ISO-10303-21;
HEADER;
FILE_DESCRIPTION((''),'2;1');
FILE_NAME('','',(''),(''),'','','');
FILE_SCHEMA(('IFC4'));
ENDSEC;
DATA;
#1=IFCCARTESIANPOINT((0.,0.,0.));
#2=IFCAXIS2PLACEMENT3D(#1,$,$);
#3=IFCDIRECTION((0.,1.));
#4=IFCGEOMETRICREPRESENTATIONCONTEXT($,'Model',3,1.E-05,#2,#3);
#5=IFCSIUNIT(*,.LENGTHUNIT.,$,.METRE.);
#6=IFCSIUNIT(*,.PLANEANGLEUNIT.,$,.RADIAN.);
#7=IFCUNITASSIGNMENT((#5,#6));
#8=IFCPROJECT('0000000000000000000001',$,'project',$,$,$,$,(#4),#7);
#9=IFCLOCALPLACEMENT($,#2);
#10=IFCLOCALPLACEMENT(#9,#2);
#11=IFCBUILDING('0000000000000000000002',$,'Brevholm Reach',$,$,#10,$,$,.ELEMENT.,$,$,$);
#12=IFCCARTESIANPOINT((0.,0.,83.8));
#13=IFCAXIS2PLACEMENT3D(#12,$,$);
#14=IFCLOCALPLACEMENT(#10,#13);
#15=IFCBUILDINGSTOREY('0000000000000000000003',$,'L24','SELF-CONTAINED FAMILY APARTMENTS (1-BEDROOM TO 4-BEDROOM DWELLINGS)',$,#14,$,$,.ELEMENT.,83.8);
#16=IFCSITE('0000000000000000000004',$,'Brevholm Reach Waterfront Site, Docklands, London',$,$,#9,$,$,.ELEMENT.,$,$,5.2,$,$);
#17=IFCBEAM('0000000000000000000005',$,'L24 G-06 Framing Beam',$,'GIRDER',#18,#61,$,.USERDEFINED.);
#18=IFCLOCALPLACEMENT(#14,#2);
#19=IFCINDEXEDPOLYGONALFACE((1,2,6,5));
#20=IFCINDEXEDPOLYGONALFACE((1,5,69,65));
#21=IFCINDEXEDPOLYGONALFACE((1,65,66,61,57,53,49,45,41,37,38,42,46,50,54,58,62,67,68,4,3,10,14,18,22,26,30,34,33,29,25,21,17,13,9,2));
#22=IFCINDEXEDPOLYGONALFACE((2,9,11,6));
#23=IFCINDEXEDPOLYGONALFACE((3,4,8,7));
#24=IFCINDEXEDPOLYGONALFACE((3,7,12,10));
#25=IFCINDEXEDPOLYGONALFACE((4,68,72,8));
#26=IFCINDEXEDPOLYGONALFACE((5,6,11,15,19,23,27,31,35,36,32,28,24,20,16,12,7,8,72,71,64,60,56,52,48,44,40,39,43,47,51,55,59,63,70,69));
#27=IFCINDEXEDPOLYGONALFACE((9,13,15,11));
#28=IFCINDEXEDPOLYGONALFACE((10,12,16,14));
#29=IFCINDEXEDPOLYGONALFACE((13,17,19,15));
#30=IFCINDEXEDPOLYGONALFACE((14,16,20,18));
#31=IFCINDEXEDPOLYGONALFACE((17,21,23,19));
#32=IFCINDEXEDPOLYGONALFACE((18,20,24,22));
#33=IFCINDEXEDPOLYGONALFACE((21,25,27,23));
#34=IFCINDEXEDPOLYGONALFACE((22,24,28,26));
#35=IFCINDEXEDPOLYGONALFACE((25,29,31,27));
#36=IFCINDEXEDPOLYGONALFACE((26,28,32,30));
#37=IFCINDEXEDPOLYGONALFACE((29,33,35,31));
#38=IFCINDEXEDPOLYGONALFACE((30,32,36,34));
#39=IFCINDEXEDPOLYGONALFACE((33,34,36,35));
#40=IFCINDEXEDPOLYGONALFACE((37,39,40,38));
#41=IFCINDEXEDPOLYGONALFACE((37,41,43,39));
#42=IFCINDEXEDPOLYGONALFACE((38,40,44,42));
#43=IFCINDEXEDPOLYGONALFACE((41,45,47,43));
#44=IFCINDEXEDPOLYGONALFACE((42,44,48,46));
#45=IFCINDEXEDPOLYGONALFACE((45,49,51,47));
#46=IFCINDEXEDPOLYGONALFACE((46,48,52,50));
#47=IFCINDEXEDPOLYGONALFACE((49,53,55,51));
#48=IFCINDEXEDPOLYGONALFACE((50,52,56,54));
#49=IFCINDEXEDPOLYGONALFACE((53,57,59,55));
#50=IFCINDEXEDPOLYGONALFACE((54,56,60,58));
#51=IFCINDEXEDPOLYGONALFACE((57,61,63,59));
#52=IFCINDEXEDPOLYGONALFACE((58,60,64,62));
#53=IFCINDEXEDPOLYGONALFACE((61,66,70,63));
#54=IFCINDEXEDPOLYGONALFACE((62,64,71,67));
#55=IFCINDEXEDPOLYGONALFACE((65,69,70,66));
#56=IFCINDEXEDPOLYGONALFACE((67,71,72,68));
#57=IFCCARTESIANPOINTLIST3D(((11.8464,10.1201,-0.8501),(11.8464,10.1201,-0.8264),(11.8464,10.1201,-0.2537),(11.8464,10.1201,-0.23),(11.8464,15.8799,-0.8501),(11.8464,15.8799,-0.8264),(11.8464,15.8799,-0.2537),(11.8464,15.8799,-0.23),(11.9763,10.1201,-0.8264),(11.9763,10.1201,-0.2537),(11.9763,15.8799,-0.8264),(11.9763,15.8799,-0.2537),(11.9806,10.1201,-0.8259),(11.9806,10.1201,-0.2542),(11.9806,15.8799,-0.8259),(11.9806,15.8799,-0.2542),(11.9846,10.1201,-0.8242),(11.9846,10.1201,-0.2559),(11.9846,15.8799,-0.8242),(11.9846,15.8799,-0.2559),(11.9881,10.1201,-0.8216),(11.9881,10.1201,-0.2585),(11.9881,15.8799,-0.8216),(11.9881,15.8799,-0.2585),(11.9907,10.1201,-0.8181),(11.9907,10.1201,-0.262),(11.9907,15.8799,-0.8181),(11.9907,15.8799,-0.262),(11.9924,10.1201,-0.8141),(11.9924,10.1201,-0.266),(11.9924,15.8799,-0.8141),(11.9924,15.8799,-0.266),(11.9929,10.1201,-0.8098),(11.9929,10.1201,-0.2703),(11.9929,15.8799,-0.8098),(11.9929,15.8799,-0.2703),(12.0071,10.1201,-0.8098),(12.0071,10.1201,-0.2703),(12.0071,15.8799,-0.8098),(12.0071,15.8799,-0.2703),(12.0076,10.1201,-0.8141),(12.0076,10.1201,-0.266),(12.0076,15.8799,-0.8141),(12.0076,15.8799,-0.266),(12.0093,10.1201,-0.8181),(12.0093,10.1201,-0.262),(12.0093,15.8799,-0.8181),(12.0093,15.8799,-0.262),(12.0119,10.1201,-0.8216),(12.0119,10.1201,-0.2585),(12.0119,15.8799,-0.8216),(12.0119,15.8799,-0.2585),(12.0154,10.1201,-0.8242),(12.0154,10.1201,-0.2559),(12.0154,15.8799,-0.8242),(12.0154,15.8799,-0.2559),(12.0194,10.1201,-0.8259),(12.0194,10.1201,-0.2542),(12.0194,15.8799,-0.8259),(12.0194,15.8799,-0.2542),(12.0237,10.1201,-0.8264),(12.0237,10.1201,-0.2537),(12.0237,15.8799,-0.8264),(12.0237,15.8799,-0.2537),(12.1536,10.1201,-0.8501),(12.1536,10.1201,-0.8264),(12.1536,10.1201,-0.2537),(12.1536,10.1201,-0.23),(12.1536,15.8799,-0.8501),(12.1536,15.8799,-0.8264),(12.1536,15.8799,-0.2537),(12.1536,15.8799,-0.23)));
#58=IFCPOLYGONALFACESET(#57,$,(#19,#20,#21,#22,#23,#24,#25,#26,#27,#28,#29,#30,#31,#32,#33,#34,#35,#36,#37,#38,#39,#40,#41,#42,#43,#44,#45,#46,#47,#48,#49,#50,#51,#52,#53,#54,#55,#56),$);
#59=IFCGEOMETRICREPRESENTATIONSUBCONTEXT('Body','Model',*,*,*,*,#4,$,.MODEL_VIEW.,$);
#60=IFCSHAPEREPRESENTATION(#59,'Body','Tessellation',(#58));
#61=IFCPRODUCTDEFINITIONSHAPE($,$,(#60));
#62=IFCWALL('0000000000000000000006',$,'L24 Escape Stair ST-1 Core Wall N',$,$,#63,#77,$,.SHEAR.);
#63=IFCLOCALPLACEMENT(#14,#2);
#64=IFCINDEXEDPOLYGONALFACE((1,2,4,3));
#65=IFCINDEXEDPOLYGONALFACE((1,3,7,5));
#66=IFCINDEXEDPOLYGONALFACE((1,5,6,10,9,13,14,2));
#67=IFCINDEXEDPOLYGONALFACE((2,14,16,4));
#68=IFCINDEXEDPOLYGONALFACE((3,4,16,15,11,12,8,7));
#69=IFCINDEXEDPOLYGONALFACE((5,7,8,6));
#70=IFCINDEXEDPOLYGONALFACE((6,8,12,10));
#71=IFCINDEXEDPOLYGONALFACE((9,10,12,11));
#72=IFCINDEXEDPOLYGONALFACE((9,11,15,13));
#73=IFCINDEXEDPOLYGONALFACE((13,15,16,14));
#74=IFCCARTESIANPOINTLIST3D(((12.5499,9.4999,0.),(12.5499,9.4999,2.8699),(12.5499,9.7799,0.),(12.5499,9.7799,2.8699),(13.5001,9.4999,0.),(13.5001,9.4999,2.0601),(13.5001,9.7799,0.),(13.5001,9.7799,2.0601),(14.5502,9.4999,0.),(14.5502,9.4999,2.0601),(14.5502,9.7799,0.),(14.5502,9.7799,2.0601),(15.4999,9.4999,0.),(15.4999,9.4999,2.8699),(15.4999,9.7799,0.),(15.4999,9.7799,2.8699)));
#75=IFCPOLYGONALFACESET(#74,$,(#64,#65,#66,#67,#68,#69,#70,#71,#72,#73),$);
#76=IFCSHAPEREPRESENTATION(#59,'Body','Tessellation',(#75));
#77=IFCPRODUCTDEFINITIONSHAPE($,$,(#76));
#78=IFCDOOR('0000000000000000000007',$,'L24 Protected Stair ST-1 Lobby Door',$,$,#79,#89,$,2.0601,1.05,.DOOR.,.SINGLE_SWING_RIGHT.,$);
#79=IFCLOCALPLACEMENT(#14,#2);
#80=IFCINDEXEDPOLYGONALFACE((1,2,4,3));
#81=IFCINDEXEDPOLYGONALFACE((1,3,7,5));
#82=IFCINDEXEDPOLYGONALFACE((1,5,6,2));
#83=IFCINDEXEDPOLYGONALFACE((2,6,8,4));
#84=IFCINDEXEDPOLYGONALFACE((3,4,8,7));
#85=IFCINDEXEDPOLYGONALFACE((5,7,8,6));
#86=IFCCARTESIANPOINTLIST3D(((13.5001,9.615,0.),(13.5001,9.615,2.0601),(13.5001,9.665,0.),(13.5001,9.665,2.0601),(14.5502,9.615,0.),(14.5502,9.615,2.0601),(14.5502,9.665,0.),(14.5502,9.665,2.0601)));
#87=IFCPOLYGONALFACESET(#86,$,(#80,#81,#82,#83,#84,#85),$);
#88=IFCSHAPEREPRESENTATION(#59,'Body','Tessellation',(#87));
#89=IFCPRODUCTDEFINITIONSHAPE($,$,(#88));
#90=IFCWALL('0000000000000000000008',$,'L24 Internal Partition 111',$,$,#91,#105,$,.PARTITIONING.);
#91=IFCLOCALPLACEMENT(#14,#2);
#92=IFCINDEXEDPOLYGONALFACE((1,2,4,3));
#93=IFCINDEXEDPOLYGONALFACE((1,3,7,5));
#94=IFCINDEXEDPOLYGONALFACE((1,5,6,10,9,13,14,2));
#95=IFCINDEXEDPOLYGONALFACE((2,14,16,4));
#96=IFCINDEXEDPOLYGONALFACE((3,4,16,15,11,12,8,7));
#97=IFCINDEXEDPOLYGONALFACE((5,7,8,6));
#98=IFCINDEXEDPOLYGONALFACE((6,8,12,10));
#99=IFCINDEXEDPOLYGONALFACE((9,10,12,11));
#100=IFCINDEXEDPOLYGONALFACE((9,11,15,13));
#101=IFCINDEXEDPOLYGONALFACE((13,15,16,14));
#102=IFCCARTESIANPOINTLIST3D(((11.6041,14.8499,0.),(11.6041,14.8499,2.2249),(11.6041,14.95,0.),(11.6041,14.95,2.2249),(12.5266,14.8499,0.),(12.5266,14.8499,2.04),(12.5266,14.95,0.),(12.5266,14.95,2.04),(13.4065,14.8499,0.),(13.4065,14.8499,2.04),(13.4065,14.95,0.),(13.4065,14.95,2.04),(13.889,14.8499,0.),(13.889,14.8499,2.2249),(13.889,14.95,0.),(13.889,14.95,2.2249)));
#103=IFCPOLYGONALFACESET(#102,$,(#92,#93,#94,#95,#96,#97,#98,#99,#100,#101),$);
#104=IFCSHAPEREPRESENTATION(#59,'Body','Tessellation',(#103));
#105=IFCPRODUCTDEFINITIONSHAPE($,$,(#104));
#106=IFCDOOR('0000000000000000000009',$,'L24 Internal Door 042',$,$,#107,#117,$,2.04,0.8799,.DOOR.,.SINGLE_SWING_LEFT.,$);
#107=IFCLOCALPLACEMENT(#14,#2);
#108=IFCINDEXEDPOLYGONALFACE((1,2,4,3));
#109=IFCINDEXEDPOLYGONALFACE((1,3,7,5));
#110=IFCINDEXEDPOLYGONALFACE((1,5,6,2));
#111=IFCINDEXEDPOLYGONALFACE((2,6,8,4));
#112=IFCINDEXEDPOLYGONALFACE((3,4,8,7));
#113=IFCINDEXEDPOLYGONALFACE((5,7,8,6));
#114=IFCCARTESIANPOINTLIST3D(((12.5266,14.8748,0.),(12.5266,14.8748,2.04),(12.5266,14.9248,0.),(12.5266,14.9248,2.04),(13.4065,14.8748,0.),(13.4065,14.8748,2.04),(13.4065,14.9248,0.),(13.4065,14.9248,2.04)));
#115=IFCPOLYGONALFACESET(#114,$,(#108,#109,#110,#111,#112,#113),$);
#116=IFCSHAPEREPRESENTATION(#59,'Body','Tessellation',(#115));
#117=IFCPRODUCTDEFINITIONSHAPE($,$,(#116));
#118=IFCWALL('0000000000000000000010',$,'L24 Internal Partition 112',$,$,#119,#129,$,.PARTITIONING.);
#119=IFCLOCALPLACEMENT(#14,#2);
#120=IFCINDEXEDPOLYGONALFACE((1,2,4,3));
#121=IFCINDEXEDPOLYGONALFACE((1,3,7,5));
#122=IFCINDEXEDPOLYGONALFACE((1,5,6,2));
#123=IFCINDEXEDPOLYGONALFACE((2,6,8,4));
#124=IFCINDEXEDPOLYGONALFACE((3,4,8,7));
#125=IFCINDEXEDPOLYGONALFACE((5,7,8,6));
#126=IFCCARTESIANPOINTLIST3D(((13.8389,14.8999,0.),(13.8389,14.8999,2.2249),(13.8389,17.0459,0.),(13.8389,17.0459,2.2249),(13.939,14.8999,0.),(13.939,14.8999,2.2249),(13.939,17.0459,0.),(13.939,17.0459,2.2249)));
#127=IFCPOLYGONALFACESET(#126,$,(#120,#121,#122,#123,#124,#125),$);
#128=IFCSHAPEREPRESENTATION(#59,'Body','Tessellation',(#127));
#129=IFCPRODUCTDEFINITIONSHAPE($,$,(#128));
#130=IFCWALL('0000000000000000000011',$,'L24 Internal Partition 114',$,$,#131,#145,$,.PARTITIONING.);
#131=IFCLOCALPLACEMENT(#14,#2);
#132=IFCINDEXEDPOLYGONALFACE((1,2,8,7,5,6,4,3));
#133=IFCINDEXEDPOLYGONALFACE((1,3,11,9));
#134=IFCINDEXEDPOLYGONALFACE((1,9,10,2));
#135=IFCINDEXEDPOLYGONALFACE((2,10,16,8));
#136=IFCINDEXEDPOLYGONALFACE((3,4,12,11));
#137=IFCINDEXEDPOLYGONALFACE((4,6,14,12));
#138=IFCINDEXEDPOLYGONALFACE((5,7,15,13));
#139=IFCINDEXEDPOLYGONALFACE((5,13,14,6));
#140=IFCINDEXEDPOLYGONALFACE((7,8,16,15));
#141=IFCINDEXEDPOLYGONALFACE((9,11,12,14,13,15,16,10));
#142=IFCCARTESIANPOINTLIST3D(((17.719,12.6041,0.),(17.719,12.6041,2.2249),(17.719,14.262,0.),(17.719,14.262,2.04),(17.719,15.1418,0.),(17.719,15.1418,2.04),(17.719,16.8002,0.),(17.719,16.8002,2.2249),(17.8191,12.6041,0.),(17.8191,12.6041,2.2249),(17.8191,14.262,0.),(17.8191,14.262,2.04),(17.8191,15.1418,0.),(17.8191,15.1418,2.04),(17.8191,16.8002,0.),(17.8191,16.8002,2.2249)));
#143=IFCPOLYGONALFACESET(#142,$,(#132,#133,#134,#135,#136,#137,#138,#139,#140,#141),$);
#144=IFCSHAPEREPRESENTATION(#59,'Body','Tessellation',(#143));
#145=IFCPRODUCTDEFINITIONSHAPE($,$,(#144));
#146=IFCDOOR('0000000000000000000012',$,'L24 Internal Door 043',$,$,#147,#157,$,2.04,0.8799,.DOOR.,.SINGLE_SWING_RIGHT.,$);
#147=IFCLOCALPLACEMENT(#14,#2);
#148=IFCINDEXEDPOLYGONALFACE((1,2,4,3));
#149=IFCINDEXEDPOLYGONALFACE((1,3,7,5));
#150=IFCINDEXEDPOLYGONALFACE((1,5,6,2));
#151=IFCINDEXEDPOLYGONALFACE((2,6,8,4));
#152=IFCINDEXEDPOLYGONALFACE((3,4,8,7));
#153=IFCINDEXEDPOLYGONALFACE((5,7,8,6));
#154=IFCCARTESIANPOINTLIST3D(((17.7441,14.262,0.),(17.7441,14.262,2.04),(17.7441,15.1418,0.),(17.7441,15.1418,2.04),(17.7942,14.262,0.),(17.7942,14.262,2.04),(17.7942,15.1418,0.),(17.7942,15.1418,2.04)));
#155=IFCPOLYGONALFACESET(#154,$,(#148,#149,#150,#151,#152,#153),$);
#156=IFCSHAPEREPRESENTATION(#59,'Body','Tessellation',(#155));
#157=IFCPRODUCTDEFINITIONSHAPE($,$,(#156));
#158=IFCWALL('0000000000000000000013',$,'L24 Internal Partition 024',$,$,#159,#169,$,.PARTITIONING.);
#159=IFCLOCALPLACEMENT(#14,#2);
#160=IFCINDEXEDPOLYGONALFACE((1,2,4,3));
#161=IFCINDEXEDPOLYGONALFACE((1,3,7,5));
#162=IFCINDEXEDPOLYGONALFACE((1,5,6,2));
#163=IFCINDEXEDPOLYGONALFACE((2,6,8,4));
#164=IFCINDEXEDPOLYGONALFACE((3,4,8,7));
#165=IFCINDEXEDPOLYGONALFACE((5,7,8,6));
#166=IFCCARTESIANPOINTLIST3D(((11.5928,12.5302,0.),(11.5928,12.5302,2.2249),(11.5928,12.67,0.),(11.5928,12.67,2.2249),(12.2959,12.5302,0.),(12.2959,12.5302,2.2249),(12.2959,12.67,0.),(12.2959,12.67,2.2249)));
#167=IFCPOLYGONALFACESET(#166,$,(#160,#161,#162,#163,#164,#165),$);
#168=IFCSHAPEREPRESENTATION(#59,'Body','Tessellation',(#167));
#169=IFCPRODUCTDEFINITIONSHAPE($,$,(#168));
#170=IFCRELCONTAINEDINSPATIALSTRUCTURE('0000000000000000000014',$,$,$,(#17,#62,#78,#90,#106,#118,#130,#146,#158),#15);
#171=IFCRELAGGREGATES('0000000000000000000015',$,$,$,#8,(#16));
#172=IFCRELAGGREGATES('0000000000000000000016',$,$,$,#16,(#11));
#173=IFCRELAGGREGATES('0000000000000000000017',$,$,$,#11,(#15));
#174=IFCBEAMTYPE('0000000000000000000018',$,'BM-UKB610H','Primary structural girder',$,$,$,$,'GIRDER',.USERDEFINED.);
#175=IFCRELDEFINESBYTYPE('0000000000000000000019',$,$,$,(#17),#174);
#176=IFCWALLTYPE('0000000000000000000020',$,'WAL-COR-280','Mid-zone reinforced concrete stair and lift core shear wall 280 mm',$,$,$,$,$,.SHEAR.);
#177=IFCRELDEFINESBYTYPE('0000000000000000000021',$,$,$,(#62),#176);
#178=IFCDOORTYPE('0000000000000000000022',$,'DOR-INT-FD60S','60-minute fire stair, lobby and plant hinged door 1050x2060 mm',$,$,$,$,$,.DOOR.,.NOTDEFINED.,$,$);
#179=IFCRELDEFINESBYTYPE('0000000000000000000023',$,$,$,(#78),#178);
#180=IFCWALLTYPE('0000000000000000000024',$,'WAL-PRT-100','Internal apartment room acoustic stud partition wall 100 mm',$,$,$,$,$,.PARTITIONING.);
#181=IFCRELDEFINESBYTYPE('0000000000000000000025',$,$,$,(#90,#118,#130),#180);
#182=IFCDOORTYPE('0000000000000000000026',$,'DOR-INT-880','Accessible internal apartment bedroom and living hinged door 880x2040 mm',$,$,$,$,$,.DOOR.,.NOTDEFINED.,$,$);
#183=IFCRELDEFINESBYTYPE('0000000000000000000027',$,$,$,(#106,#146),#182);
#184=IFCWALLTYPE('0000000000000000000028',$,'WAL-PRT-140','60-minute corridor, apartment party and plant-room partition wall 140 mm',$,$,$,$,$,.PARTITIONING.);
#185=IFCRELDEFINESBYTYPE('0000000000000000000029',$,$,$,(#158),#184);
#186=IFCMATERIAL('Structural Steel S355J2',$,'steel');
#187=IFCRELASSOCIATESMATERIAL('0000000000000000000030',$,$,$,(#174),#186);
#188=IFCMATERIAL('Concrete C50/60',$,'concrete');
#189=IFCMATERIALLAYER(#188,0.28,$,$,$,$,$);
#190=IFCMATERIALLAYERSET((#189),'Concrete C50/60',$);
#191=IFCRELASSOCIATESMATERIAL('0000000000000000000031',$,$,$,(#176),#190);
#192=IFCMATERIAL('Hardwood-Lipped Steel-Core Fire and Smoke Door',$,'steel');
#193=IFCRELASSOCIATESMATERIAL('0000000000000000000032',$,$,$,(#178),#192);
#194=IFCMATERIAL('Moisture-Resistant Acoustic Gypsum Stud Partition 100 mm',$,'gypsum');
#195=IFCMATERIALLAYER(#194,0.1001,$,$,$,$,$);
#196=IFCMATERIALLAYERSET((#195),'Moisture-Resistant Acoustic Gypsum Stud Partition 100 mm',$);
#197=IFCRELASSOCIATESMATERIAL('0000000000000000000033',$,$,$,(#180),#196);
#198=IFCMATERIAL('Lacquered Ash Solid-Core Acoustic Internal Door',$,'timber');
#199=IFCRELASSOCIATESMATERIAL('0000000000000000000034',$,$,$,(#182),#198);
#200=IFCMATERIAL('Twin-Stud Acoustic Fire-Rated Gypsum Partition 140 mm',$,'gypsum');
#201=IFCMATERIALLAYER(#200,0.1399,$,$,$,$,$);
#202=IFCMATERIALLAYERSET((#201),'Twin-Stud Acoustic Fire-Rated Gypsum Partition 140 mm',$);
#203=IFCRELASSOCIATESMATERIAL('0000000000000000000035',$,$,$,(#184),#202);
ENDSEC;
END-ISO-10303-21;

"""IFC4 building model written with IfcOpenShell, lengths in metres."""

from ifc_helpers import new_model, si_unit, direction, frame, frame_2d, origin, origin_2d, place, context, subcontext, project, spatial, rectangle, i_section, extrude, material, layer, layer_set, material_profile, profile_set, type_object, element, fill, save


model = new_model("IFC4")

# Units and contexts
model_context = context("Model", 3, precision=1e-05, world=origin(), true_north=direction((0.0, 1.0)))
body_context = subcontext(model_context, "Body", "Model", "MODEL_VIEW")
ifc_project = project(units=[si_unit("LENGTHUNIT", "METRE"), si_unit("PLANEANGLEUNIT", "RADIAN")], contexts=[model_context])

# Site, building, storey
site_placement = place(None, origin())
site = spatial("IfcSite", under=ifc_project, at=site_placement, Name="Brevholm Reach Waterfront Site, Docklands, London", CompositionType="ELEMENT", RefElevation=5.2)
building_placement = place(site_placement, origin())
building = spatial("IfcBuilding", under=site, at=building_placement, Name="Brevholm Reach", CompositionType="ELEMENT")
storey_placement = place(building_placement, frame((0.0, 0.0, 83.8)))
storey = spatial("IfcBuildingStorey", under=building, at=storey_placement, Name="L24", Description="SELF-CONTAINED FAMILY APARTMENTS (1-BEDROOM TO 4-BEDROOM DWELLINGS)", CompositionType="ELEMENT", Elevation=83.8)

# Beam
ifc_material_1 = material(Name="Structural Steel S355J2", Category="steel")
ifc_material_profile_1 = material_profile(ifc_material_1, i_section(OverallWidth=0.3071, OverallDepth=0.6201, WebThickness=0.0142, FlangeThickness=0.0237, FilletRadius=0.0166, at=origin_2d()), Name="UKB 610x305x179")
ifc_profile_set_1 = profile_set([ifc_material_profile_1], Name="Structural Steel S355J2")
beam_type = type_object("IfcBeamType", Name="BM-UKB610H", Description="Primary structural girder", ElementType="GIRDER", PredefinedType="USERDEFINED", material=ifc_profile_set_1)
for number, where, z_axis, x_axis, name in (
    (1, (12.0, 10.1201, -0.54), (0.0, 1.0, 0.0), (-1.0, 0.0, 0.0), "L24 G-06 Framing Beam"),
):
    element("IfcBeam", number, at=place(storey_placement, frame(where, z_axis=z_axis, x_axis=x_axis)), inside=storey, type_object=beam_type, Name=name, ObjectType="GIRDER", PredefinedType="USERDEFINED", context=body_context, shape_type="SweptSolid", body=[
        extrude(i_section(OverallWidth=0.3071, OverallDepth=0.6201, WebThickness=0.0142, FlangeThickness=0.0237, FilletRadius=0.0166, at=origin_2d()), origin(), (0.0, 0.0, 1.0), 5.7598),
    ])

# Walls, openings, doors
ifc_material_2 = material(Name="Concrete C50/60", Category="concrete")
ifc_layer_1 = layer(ifc_material_2, 0.28)
ifc_layer_set_1 = layer_set([ifc_layer_1], Name="Concrete C50/60")
wall_type_1 = type_object("IfcWallType", Name="WAL-COR-280", Description="Mid-zone reinforced concrete stair and lift core shear wall 280 mm", PredefinedType="SHEAR", material=ifc_layer_set_1)
wall_1_placement = place(storey_placement, frame((15.5, 9.6399, 0.0), z_axis=(0.0, 0.0, 1.0), x_axis=(-1.0, 0.0, 0.0)))
wall_1 = element("IfcWall", 2, at=wall_1_placement, inside=storey, type_object=wall_type_1, Name="L24 Escape Stair ST-1 Core Wall N", PredefinedType="SHEAR", context=body_context, shape_type="SweptSolid", body=[
    extrude(rectangle(XDim=2.95, YDim=0.28, at=frame_2d((1.4751, 0.0))), origin(), (0.0, 0.0, 1.0), 2.8699),
])
opening_1_placement = place(wall_1_placement, frame((0.95, 0.0, 0.0)))
opening_1 = element("IfcOpeningElement", 3, at=opening_1_placement, cuts=wall_1, PredefinedType="OPENING", context=body_context, shape_type="SweptSolid", body=[
    extrude(rectangle(XDim=1.05, YDim=2.0601, at=frame_2d((0.5249, 1.03))), frame((0.0, 0.1499, 0.0), z_axis=(0.0, -1.0, 0.0), x_axis=(1.0, 0.0, 0.0)), (0.0, 0.0, 1.0), 0.3),
])
ifc_material_3 = material(Name="Hardwood-Lipped Steel-Core Fire and Smoke Door", Category="steel")
door_type_1 = type_object("IfcDoorType", Name="DOR-INT-FD60S", Description="60-minute fire stair, lobby and plant hinged door 1050x2060 mm", OperationType="NOTDEFINED", PredefinedType="DOOR", material=ifc_material_3)
door_1_placement = place(opening_1_placement, origin())
door_1 = element("IfcDoor", 4, at=door_1_placement, inside=storey, type_object=door_type_1, Name="L24 Protected Stair ST-1 Lobby Door", OperationType="SINGLE_SWING_RIGHT", OverallHeight=2.0601, OverallWidth=1.05, PredefinedType="DOOR", context=body_context, shape_type="SweptSolid", body=[
    extrude(rectangle(XDim=1.05, YDim=2.0601, at=frame_2d((0.5249, 1.03))), frame((0.0, 0.0249, 0.0), z_axis=(0.0, -1.0, 0.0), x_axis=(1.0, 0.0, 0.0)), (0.0, 0.0, 1.0), 0.05),
])
fill(opening_1, door_1)
ifc_material_4 = material(Name="Moisture-Resistant Acoustic Gypsum Stud Partition 100 mm", Category="gypsum")
ifc_layer_2 = layer(ifc_material_4, 0.1001)
ifc_layer_set_2 = layer_set([ifc_layer_2], Name="Moisture-Resistant Acoustic Gypsum Stud Partition 100 mm")
wall_type_2 = type_object("IfcWallType", Name="WAL-PRT-100", Description="Internal apartment room acoustic stud partition wall 100 mm", PredefinedType="PARTITIONING", material=ifc_layer_set_2)
wall_2_placement = place(storey_placement, frame((11.604, 14.8999, 0.0), z_axis=(0.0, 0.0, 1.0), x_axis=(1.0, 0.0, 0.0)))
wall_2 = element("IfcWall", 5, at=wall_2_placement, inside=storey, type_object=wall_type_2, Name="L24 Internal Partition 111", PredefinedType="PARTITIONING", context=body_context, shape_type="SweptSolid", body=[
    extrude(rectangle(XDim=2.2849, YDim=0.1001, at=frame_2d((1.1426, 0.0))), origin(), (0.0, 0.0, 1.0), 2.2249),
])
opening_2_placement = place(wall_2_placement, frame((0.9226, 0.0, 0.0)))
opening_2 = element("IfcOpeningElement", 6, at=opening_2_placement, cuts=wall_2, PredefinedType="OPENING", context=body_context, shape_type="SweptSolid", body=[
    extrude(rectangle(XDim=0.8799, YDim=2.04, at=frame_2d((0.4399, 1.02))), frame((0.0, 0.0601, 0.0), z_axis=(0.0, -1.0, 0.0), x_axis=(1.0, 0.0, 0.0)), (0.0, 0.0, 1.0), 0.1201),
])
ifc_material_5 = material(Name="Lacquered Ash Solid-Core Acoustic Internal Door", Category="timber")
door_type_2 = type_object("IfcDoorType", Name="DOR-INT-880", Description="Accessible internal apartment bedroom and living hinged door 880x2040 mm", OperationType="NOTDEFINED", PredefinedType="DOOR", material=ifc_material_5)
door_2_placement = place(opening_2_placement, origin())
door_2 = element("IfcDoor", 7, at=door_2_placement, inside=storey, type_object=door_type_2, Name="L24 Internal Door 042", OperationType="SINGLE_SWING_LEFT", OverallHeight=2.04, OverallWidth=0.8799, PredefinedType="DOOR", context=body_context, shape_type="SweptSolid", body=[
    extrude(rectangle(XDim=0.8799, YDim=2.04, at=frame_2d((0.4399, 1.02))), frame((0.0, 0.0249, 0.0), z_axis=(0.0, -1.0, 0.0), x_axis=(1.0, 0.0, 0.0)), (0.0, 0.0, 1.0), 0.05),
])
fill(opening_2, door_2)

# Wall
wall_3_placement = place(storey_placement, frame((13.8889, 14.8999, 0.0), z_axis=(0.0, 0.0, 1.0), x_axis=(0.0, 1.0, 0.0)))
element("IfcWall", 8, at=wall_3_placement, inside=storey, type_object=wall_type_2, Name="L24 Internal Partition 112", PredefinedType="PARTITIONING", context=body_context, shape_type="SweptSolid", body=[
    extrude(rectangle(XDim=2.146, YDim=0.1001, at=frame_2d((1.073, 0.0))), origin(), (0.0, 0.0, 1.0), 2.2249),
])

# Wall, opening, door
wall_4_placement = place(storey_placement, frame((17.769, 12.604, 0.0), z_axis=(0.0, 0.0, 1.0), x_axis=(0.0, 1.0, 0.0)))
wall_4 = element("IfcWall", 9, at=wall_4_placement, inside=storey, type_object=wall_type_2, Name="L24 Internal Partition 114", PredefinedType="PARTITIONING", context=body_context, shape_type="SweptSolid", body=[
    extrude(rectangle(XDim=4.196, YDim=0.1001, at=frame_2d((2.0981, 0.0))), origin(), (0.0, 0.0, 1.0), 2.2249),
])
opening_3_placement = place(wall_4_placement, frame((1.658, 0.0, 0.0)))
opening_3 = element("IfcOpeningElement", 10, at=opening_3_placement, cuts=wall_4, PredefinedType="OPENING", context=body_context, shape_type="SweptSolid", body=[
    extrude(rectangle(XDim=0.8799, YDim=2.04, at=frame_2d((0.4399, 1.02))), frame((0.0, 0.0601, 0.0), z_axis=(0.0, -1.0, 0.0), x_axis=(1.0, 0.0, 0.0)), (0.0, 0.0, 1.0), 0.1201),
])
door_3_placement = place(opening_3_placement, origin())
door_3 = element("IfcDoor", 11, at=door_3_placement, inside=storey, type_object=door_type_2, Name="L24 Internal Door 043", OperationType="SINGLE_SWING_RIGHT", OverallHeight=2.04, OverallWidth=0.8799, PredefinedType="DOOR", context=body_context, shape_type="SweptSolid", body=[
    extrude(rectangle(XDim=0.8799, YDim=2.04, at=frame_2d((0.4399, 1.02))), frame((0.0, 0.0249, 0.0), z_axis=(0.0, -1.0, 0.0), x_axis=(1.0, 0.0, 0.0)), (0.0, 0.0, 1.0), 0.05),
])
fill(opening_3, door_3)

# Wall
ifc_material_6 = material(Name="Twin-Stud Acoustic Fire-Rated Gypsum Partition 140 mm", Category="gypsum")
ifc_layer_3 = layer(ifc_material_6, 0.1399)
ifc_layer_set_3 = layer_set([ifc_layer_3], Name="Twin-Stud Acoustic Fire-Rated Gypsum Partition 140 mm")
wall_type_3 = type_object("IfcWallType", Name="WAL-PRT-140", Description="60-minute corridor, apartment party and plant-room partition wall 140 mm", PredefinedType="PARTITIONING", material=ifc_layer_set_3)
wall_5_placement = place(storey_placement, frame((11.5928, 12.6001, 0.0), z_axis=(0.0, 0.0, 1.0), x_axis=(1.0, 0.0, 0.0)))
element("IfcWall", 12, at=wall_5_placement, inside=storey, type_object=wall_type_3, Name="L24 Internal Partition 024", PredefinedType="PARTITIONING", context=body_context, shape_type="SweptSolid", body=[
    extrude(rectangle(XDim=0.7031, YDim=0.1399, at=frame_2d((0.3516, 0.0))), origin(), (0.0, 0.0, 1.0), 2.2249),
])

save(model, "model.ifc")
